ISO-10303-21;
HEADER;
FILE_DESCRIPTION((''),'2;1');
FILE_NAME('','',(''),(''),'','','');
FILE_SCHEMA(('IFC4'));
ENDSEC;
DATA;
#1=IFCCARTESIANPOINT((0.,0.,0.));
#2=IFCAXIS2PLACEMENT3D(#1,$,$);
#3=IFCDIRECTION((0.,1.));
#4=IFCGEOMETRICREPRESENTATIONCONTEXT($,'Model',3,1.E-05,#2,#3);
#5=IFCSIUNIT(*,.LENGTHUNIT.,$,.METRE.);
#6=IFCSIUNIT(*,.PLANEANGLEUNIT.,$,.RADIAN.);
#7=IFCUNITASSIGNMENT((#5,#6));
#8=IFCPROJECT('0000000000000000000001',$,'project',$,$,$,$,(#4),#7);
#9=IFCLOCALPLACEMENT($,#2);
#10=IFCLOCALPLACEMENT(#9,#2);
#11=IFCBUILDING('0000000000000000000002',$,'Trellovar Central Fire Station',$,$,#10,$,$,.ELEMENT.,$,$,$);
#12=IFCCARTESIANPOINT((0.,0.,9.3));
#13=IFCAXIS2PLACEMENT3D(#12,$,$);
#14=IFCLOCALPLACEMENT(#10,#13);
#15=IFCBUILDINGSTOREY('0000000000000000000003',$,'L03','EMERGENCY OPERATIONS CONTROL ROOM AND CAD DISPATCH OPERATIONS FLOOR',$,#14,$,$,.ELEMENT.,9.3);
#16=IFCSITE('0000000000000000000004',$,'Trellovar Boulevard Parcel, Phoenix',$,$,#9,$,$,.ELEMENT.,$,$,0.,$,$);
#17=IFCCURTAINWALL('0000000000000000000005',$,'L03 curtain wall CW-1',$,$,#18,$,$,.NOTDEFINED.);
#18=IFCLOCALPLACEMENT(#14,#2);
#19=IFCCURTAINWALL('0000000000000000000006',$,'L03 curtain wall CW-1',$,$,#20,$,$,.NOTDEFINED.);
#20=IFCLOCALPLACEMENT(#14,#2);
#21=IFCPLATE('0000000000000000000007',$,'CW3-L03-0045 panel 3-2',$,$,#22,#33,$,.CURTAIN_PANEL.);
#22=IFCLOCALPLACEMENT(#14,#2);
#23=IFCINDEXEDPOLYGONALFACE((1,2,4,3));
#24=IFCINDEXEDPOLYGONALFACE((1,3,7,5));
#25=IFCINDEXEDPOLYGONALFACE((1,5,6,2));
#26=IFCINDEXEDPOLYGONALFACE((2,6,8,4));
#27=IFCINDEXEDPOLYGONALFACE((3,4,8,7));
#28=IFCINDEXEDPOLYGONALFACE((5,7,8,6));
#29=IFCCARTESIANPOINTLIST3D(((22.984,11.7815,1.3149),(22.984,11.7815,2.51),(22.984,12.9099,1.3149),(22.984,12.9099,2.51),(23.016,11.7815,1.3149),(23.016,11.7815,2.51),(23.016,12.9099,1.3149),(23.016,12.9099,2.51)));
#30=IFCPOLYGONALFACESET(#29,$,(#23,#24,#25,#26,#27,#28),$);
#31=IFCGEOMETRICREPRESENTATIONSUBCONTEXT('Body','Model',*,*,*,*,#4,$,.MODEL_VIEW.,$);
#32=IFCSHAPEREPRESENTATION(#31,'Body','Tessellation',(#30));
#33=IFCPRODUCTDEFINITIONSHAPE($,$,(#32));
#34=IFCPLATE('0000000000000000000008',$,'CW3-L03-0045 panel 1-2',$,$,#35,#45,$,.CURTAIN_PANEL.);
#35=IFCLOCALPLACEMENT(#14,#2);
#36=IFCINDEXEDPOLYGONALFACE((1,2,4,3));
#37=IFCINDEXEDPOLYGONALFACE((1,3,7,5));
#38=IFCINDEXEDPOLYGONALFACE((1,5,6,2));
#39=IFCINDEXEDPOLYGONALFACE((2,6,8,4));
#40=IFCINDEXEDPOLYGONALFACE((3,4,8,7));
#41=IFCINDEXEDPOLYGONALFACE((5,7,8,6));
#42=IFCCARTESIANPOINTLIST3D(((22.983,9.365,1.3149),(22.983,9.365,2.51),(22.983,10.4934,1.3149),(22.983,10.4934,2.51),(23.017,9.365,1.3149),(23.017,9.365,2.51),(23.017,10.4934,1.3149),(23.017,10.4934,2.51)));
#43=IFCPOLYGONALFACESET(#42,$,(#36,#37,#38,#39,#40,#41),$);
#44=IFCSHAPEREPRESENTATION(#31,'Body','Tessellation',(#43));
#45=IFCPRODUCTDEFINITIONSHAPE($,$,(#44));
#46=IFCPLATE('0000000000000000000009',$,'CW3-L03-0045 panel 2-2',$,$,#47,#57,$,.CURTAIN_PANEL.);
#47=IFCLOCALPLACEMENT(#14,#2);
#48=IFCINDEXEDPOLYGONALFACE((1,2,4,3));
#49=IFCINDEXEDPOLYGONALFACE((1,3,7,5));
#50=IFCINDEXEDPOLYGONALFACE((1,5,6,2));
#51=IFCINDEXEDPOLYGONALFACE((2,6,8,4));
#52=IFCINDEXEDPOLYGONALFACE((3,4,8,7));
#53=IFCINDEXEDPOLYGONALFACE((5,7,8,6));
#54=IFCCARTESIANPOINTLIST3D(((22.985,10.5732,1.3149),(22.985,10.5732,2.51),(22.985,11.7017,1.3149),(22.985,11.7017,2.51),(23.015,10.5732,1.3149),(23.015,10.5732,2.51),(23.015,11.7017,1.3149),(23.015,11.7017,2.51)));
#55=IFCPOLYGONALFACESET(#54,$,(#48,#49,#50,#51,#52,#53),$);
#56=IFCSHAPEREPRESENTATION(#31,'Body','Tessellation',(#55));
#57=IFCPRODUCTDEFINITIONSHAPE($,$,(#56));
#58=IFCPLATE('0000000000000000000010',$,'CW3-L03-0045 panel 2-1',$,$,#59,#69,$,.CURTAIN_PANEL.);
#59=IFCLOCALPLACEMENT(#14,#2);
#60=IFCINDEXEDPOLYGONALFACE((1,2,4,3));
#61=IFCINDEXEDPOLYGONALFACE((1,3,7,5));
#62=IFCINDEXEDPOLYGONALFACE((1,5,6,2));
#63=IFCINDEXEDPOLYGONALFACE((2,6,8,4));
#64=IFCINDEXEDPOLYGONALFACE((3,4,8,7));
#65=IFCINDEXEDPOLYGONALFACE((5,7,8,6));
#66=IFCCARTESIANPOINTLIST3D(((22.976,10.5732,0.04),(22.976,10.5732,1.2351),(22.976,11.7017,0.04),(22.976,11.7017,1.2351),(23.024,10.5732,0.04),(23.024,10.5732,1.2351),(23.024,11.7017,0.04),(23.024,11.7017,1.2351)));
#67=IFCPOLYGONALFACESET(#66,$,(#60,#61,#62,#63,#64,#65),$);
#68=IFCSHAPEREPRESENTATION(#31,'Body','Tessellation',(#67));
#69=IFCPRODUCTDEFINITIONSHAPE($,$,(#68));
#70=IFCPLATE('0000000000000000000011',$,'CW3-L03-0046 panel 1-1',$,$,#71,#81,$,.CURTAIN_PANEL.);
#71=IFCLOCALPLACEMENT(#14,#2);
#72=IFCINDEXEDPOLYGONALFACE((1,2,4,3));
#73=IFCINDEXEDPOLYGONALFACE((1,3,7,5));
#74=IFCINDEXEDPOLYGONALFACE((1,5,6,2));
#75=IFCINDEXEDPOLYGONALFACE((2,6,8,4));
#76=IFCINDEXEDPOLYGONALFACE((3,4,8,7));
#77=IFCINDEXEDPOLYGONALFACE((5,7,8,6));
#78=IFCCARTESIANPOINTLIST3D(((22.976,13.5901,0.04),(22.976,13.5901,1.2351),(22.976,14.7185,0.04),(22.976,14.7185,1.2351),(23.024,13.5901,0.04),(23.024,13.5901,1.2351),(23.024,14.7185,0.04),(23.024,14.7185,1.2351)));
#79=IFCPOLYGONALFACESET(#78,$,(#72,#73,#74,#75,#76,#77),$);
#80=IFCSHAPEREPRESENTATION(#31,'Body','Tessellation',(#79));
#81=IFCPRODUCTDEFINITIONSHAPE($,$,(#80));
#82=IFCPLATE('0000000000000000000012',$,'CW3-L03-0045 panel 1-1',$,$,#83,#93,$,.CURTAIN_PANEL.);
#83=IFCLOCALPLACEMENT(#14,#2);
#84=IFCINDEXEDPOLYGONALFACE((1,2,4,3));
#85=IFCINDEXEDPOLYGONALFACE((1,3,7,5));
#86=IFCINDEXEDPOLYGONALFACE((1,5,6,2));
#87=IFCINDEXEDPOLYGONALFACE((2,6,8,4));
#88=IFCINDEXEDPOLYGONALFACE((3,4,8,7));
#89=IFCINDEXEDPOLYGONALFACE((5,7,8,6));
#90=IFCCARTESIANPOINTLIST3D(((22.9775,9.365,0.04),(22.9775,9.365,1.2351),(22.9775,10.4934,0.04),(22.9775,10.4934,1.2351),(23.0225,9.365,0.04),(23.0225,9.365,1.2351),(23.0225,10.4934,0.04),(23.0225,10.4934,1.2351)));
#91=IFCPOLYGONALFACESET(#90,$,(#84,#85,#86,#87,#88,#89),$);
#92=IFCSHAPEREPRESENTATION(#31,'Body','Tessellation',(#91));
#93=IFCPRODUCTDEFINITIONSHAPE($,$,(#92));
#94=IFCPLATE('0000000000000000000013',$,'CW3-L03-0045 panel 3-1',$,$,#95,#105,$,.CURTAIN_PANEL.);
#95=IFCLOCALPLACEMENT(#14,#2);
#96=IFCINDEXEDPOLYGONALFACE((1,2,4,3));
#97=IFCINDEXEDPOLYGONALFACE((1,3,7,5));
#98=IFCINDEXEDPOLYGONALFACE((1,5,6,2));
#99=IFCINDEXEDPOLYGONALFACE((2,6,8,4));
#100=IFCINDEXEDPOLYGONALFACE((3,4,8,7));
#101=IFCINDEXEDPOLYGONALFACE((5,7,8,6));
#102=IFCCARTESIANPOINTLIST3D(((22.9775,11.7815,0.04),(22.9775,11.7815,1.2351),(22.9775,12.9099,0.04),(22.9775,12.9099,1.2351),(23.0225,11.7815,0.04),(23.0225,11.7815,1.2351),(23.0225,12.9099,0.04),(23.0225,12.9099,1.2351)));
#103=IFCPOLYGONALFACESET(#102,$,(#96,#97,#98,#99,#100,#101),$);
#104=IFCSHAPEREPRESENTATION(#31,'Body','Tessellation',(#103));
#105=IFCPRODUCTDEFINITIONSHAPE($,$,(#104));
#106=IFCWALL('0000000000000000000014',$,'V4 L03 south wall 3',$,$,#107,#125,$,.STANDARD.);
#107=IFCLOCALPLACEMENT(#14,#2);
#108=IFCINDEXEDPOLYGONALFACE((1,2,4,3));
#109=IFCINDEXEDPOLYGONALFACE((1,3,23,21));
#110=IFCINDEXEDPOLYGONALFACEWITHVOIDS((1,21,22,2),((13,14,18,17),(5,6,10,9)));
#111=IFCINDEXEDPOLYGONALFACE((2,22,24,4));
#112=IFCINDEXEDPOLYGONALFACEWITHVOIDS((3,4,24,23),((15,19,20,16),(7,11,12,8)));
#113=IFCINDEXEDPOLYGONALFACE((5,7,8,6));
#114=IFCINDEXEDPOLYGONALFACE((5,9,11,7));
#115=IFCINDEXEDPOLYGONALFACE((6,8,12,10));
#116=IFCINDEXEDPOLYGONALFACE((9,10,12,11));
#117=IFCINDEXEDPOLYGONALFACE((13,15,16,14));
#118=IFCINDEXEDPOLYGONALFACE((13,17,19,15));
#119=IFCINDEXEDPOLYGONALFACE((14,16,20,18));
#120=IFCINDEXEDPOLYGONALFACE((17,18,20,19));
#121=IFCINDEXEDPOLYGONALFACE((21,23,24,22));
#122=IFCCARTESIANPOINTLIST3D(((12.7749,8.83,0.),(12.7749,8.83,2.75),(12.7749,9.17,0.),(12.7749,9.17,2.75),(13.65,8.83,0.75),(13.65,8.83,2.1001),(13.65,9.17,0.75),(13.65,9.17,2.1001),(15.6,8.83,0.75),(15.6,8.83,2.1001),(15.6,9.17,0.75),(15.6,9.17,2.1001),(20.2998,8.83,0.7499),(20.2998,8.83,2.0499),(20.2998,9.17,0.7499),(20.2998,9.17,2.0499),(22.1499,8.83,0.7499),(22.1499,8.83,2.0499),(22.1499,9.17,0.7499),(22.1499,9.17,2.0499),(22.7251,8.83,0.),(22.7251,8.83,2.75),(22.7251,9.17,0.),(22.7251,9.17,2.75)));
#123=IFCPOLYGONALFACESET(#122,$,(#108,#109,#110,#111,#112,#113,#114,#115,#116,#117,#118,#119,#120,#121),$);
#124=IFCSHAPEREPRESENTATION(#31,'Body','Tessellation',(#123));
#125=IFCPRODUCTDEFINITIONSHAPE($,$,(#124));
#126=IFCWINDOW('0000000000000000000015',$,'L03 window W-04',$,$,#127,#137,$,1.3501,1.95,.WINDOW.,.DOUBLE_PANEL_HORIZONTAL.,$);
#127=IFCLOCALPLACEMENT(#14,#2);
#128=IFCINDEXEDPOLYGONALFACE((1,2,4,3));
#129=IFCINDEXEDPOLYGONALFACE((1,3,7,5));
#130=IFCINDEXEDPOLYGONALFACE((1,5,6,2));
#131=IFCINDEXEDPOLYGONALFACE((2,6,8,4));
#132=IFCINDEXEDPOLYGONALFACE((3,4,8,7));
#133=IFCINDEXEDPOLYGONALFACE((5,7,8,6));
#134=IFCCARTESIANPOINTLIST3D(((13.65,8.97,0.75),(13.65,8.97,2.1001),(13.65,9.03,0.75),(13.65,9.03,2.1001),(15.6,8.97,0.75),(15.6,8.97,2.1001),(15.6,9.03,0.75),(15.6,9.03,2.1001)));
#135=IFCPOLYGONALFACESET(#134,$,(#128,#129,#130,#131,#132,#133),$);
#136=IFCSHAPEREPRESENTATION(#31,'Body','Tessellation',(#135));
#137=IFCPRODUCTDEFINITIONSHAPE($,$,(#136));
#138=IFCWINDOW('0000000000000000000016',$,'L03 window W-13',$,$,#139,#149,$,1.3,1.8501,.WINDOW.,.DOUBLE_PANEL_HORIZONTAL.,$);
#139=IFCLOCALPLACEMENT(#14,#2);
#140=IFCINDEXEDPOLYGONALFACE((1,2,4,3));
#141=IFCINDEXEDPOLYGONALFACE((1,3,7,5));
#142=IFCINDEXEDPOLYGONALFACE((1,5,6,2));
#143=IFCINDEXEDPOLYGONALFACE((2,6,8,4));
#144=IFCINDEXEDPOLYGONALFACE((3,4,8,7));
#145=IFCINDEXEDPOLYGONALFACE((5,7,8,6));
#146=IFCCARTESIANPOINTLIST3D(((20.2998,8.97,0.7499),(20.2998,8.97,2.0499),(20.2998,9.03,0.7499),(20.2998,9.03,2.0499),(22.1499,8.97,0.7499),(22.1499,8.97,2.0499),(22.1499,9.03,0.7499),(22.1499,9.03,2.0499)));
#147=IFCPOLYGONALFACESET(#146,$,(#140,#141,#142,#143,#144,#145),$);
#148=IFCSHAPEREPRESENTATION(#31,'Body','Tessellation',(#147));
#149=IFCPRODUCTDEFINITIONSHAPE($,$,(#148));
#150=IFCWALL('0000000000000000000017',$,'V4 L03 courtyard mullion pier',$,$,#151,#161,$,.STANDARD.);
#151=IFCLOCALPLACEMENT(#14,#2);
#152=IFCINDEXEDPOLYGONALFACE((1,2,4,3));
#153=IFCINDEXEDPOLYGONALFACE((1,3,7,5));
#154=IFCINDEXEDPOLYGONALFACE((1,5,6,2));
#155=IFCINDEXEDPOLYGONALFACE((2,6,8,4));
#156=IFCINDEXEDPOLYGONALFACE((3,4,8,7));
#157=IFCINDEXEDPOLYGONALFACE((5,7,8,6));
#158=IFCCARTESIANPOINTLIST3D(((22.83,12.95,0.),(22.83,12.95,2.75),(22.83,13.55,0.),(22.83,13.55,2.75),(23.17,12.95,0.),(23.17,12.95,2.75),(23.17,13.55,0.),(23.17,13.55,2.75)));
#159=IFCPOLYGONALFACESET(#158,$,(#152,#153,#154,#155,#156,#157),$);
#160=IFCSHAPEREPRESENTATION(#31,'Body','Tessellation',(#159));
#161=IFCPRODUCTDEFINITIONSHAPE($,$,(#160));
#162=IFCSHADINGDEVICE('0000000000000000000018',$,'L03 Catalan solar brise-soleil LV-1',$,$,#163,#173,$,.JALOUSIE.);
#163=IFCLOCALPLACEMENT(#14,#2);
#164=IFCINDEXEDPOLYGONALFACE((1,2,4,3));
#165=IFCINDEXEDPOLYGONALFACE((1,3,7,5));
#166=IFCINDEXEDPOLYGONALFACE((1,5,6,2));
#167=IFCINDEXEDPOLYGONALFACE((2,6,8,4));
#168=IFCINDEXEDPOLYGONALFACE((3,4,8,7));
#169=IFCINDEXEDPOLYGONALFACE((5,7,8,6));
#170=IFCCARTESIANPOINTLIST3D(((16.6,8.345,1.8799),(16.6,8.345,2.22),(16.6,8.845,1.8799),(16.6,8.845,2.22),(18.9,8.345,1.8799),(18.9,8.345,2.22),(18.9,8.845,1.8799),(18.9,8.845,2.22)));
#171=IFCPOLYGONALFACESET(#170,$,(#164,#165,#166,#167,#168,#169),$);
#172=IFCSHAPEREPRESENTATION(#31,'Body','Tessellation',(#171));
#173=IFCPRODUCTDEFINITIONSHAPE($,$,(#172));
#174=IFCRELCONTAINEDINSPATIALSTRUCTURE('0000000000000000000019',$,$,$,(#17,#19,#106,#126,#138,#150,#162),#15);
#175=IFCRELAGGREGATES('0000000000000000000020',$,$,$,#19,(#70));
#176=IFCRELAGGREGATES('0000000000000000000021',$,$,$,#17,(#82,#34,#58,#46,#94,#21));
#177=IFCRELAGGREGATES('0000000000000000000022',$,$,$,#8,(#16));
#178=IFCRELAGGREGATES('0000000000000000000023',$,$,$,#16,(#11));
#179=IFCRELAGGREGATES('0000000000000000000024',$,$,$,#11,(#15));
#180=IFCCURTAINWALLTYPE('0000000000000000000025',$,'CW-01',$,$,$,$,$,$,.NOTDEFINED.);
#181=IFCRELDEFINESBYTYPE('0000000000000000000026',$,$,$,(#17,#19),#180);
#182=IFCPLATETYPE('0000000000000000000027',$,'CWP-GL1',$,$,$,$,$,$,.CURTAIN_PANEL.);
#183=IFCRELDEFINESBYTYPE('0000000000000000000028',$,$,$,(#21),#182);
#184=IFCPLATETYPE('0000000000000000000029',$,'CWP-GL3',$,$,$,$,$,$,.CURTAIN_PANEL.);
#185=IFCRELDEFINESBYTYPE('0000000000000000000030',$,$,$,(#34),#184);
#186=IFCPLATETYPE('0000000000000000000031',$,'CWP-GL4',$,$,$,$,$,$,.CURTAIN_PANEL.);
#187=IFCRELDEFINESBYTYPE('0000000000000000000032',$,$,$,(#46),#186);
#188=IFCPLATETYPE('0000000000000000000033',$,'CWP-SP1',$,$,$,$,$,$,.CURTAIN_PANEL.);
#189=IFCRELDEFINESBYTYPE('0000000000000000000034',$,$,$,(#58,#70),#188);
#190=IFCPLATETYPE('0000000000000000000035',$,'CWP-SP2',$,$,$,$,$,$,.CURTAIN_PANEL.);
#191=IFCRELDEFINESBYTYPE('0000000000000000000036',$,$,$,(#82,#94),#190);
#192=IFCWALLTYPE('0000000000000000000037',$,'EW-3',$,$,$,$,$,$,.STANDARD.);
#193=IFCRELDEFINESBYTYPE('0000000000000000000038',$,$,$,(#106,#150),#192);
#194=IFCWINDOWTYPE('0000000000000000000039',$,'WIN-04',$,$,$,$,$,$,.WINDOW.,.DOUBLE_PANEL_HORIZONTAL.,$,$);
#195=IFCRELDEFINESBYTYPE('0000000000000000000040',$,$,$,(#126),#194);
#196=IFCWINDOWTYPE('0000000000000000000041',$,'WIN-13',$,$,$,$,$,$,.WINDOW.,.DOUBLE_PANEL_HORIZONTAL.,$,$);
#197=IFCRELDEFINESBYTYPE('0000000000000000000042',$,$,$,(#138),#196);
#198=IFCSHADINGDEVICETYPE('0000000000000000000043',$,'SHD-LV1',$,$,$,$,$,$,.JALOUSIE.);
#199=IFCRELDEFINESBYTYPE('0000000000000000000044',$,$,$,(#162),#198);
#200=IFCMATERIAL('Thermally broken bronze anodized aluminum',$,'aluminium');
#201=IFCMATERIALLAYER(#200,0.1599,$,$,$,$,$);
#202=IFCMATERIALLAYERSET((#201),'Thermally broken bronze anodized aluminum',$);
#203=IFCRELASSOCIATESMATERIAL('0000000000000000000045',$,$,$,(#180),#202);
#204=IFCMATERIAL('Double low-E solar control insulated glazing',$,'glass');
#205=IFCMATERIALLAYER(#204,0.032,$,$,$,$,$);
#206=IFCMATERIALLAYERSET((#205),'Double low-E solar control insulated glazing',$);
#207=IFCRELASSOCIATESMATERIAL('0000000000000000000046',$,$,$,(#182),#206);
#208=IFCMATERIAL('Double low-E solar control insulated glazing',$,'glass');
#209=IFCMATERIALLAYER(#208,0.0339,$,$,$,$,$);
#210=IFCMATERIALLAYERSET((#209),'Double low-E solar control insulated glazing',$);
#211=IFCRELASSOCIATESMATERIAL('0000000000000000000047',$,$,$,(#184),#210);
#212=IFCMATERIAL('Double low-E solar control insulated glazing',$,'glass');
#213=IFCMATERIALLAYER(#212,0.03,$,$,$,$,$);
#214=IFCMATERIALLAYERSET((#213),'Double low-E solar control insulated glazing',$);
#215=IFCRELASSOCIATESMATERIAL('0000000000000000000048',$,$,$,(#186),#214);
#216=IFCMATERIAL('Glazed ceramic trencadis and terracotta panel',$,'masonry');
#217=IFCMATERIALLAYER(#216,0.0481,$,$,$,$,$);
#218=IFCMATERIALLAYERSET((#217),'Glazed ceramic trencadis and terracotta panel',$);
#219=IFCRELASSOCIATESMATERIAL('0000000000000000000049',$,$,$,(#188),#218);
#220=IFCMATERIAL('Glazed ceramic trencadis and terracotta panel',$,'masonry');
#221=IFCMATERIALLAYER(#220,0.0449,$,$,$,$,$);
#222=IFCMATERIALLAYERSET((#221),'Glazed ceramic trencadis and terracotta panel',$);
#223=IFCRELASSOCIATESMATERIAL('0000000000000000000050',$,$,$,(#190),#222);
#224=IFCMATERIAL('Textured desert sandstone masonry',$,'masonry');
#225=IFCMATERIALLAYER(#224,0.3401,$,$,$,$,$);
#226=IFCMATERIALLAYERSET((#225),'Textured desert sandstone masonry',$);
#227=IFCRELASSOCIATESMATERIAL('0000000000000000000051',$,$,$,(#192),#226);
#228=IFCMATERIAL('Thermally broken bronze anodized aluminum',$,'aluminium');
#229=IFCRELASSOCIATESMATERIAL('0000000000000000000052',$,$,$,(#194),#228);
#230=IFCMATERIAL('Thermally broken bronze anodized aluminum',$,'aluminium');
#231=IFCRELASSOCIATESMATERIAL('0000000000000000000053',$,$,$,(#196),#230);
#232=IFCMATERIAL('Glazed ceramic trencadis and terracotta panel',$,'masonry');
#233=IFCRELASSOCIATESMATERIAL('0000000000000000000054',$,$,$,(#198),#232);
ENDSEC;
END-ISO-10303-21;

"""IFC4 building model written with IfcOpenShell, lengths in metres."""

from ifc_helpers import new_model, si_unit, direction, frame, frame_2d, origin, origin_2d, place, context, subcontext, project, spatial, rectangle, extrude, material, layer, layer_set, type_object, element, fill, aggregate, save


model = new_model("IFC4")

# Units and contexts
model_context = context("Model", 3, precision=1e-05, world=origin(), true_north=direction((0.0, 1.0)))
body_context = subcontext(model_context, "Body", "Model", "MODEL_VIEW")
ifc_project = project(units=[si_unit("LENGTHUNIT", "METRE"), si_unit("PLANEANGLEUNIT", "RADIAN")], contexts=[model_context])

# Site, building, storey
site_placement = place(None, origin())
site = spatial("IfcSite", under=ifc_project, at=site_placement, Name="Trellovar Boulevard Parcel, Phoenix", CompositionType="ELEMENT", RefElevation=0.0)
building_placement = place(site_placement, origin())
building = spatial("IfcBuilding", under=site, at=building_placement, Name="Trellovar Central Fire Station", CompositionType="ELEMENT")
storey_placement = place(building_placement, frame((0.0, 0.0, 9.3)))
storey = spatial("IfcBuildingStorey", under=building, at=storey_placement, Name="L03", Description="EMERGENCY OPERATIONS CONTROL ROOM AND CAD DISPATCH OPERATIONS FLOOR", CompositionType="ELEMENT", Elevation=9.3)

# Curtain wall
ifc_material_1 = material(Name="Thermally broken bronze anodized aluminum", Category="aluminium")
ifc_layer_1 = layer(ifc_material_1, 0.1599)
ifc_layer_set_1 = layer_set([ifc_layer_1], Name="Thermally broken bronze anodized aluminum")
curtain_wall_type = type_object("IfcCurtainWallType", Name="CW-01", PredefinedType="NOTDEFINED", material=ifc_layer_set_1)
curtain_wall_1_placement = place(storey_placement, origin())
curtain_wall_1 = element("IfcCurtainWall", 1, at=curtain_wall_1_placement, inside=storey, type_object=curtain_wall_type, Name="L03 curtain wall CW-1", PredefinedType="NOTDEFINED")

# Curtain wall
curtain_wall_2_placement = place(storey_placement, origin())
curtain_wall_2 = element("IfcCurtainWall", 2, at=curtain_wall_2_placement, inside=storey, type_object=curtain_wall_type, Name="L03 curtain wall CW-1", PredefinedType="NOTDEFINED")

# Plates
ifc_material_2 = material(Name="Double low-E solar control insulated glazing", Category="glass")
ifc_layer_2 = layer(ifc_material_2, 0.032)
ifc_layer_set_2 = layer_set([ifc_layer_2], Name="Double low-E solar control insulated glazing")
plate_type_1 = type_object("IfcPlateType", Name="CWP-GL1", PredefinedType="CURTAIN_PANEL", material=ifc_layer_set_2)
plate_1_placement = place(storey_placement, frame((23.0, 12.3457, 1.3149), z_axis=(0.0, 0.0, 1.0), x_axis=(0.0, 1.0, 0.0)))
plate_1 = element("IfcPlate", 3, at=plate_1_placement, type_object=plate_type_1, Name="CW3-L03-0045 panel 3-2", PredefinedType="CURTAIN_PANEL", context=body_context, shape_type="SweptSolid", body=[
    extrude(rectangle(XDim=1.1284, YDim=0.032, at=origin_2d()), origin(), (0.0, 0.0, 1.0), 1.1951),
])
ifc_material_3 = material(Name="Double low-E solar control insulated glazing", Category="glass")
ifc_layer_3 = layer(ifc_material_3, 0.0339)
ifc_layer_set_3 = layer_set([ifc_layer_3], Name="Double low-E solar control insulated glazing")
plate_type_2 = type_object("IfcPlateType", Name="CWP-GL3", PredefinedType="CURTAIN_PANEL", material=ifc_layer_set_3)
plate_2_placement = place(storey_placement, frame((23.0, 9.9292, 1.3149), z_axis=(0.0, 0.0, 1.0), x_axis=(0.0, 1.0, 0.0)))
plate_2 = element("IfcPlate", 4, at=plate_2_placement, type_object=plate_type_2, Name="CW3-L03-0045 panel 1-2", PredefinedType="CURTAIN_PANEL", context=body_context, shape_type="SweptSolid", body=[
    extrude(rectangle(XDim=1.1284, YDim=0.0339, at=origin_2d()), origin(), (0.0, 0.0, 1.0), 1.1951),
])
ifc_material_4 = material(Name="Double low-E solar control insulated glazing", Category="glass")
ifc_layer_4 = layer(ifc_material_4, 0.03)
ifc_layer_set_4 = layer_set([ifc_layer_4], Name="Double low-E solar control insulated glazing")
plate_type_3 = type_object("IfcPlateType", Name="CWP-GL4", PredefinedType="CURTAIN_PANEL", material=ifc_layer_set_4)
plate_3_placement = place(storey_placement, frame((23.0, 11.1375, 1.3149), z_axis=(0.0, 0.0, 1.0), x_axis=(0.0, 1.0, 0.0)))
plate_3 = element("IfcPlate", 5, at=plate_3_placement, type_object=plate_type_3, Name="CW3-L03-0045 panel 2-2", PredefinedType="CURTAIN_PANEL", context=body_context, shape_type="SweptSolid", body=[
    extrude(rectangle(XDim=1.1284, YDim=0.03, at=origin_2d()), origin(), (0.0, 0.0, 1.0), 1.1951),
])
ifc_material_5 = material(Name="Glazed ceramic trencadis and terracotta panel", Category="masonry")
ifc_layer_5 = layer(ifc_material_5, 0.0481)
ifc_layer_set_5 = layer_set([ifc_layer_5], Name="Glazed ceramic trencadis and terracotta panel")
plate_type_4 = type_object("IfcPlateType", Name="CWP-SP1", PredefinedType="CURTAIN_PANEL", material=ifc_layer_set_5)
plate_4_placement = place(storey_placement, frame((23.0, 11.1375, 0.04), z_axis=(0.0, 0.0, 1.0), x_axis=(0.0, 1.0, 0.0)))
plate_4 = element("IfcPlate", 6, at=plate_4_placement, type_object=plate_type_4, Name="CW3-L03-0045 panel 2-1", PredefinedType="CURTAIN_PANEL", context=body_context, shape_type="SweptSolid", body=[
    extrude(rectangle(XDim=1.1284, YDim=0.0481, at=origin_2d()), origin(), (0.0, 0.0, 1.0), 1.1951),
])
plate_5_placement = place(storey_placement, frame((23.0, 14.1543, 0.04), z_axis=(0.0, 0.0, 1.0), x_axis=(0.0, 1.0, 0.0)))
plate_5 = element("IfcPlate", 7, at=plate_5_placement, type_object=plate_type_4, Name="CW3-L03-0046 panel 1-1", PredefinedType="CURTAIN_PANEL", context=body_context, shape_type="SweptSolid", body=[
    extrude(rectangle(XDim=1.1284, YDim=0.0481, at=origin_2d()), origin(), (0.0, 0.0, 1.0), 1.1951),
])
aggregate(curtain_wall_2, [plate_5])
ifc_material_6 = material(Name="Glazed ceramic trencadis and terracotta panel", Category="masonry")
ifc_layer_6 = layer(ifc_material_6, 0.0449)
ifc_layer_set_6 = layer_set([ifc_layer_6], Name="Glazed ceramic trencadis and terracotta panel")
plate_type_5 = type_object("IfcPlateType", Name="CWP-SP2", PredefinedType="CURTAIN_PANEL", material=ifc_layer_set_6)
plate_6_placement = place(storey_placement, frame((23.0, 9.9292, 0.04), z_axis=(0.0, 0.0, 1.0), x_axis=(0.0, 1.0, 0.0)))
plate_6 = element("IfcPlate", 8, at=plate_6_placement, type_object=plate_type_5, Name="CW3-L03-0045 panel 1-1", PredefinedType="CURTAIN_PANEL", context=body_context, shape_type="SweptSolid", body=[
    extrude(rectangle(XDim=1.1284, YDim=0.0449, at=origin_2d()), origin(), (0.0, 0.0, 1.0), 1.1951),
])
plate_7_placement = place(storey_placement, frame((23.0, 12.3457, 0.04), z_axis=(0.0, 0.0, 1.0), x_axis=(0.0, 1.0, 0.0)))
plate_7 = element("IfcPlate", 9, at=plate_7_placement, type_object=plate_type_5, Name="CW3-L03-0045 panel 3-1", PredefinedType="CURTAIN_PANEL", context=body_context, shape_type="SweptSolid", body=[
    extrude(rectangle(XDim=1.1284, YDim=0.0449, at=origin_2d()), origin(), (0.0, 0.0, 1.0), 1.1951),
])
aggregate(curtain_wall_1, [plate_6, plate_2, plate_4, plate_3, plate_7, plate_1])

# Wall, openings, windows
ifc_material_7 = material(Name="Textured desert sandstone masonry", Category="masonry")
ifc_layer_7 = layer(ifc_material_7, 0.3401)
ifc_layer_set_7 = layer_set([ifc_layer_7], Name="Textured desert sandstone masonry")
wall_type = type_object("IfcWallType", Name="EW-3", PredefinedType="STANDARD", material=ifc_layer_set_7)
wall_1_placement = place(storey_placement, frame((12.7749, 9.0, 0.0), z_axis=(0.0, 0.0, 1.0), x_axis=(1.0, 0.0, 0.0)))
wall_1 = element("IfcWall", 10, at=wall_1_placement, inside=storey, type_object=wall_type, Name="V4 L03 south wall 3", PredefinedType="STANDARD", context=body_context, shape_type="SweptSolid", body=[
    extrude(rectangle(XDim=9.9502, YDim=0.3401, at=frame_2d((4.9751, 0.0))), origin(), (0.0, 0.0, 1.0), 2.75),
])
opening_1_placement = place(wall_1_placement, frame((0.875, 0.0, 0.75)))
opening_1 = element("IfcOpeningElement", 11, at=opening_1_placement, cuts=wall_1, PredefinedType="OPENING", context=body_context, shape_type="SweptSolid", body=[
    extrude(rectangle(XDim=1.95, YDim=1.3501, at=frame_2d((0.9751, 0.675))), frame((0.0, 0.1799, 0.0), z_axis=(0.0, -1.0, 0.0), x_axis=(1.0, 0.0, 0.0)), (0.0, 0.0, 1.0), 0.3601),
])
opening_2_placement = place(wall_1_placement, frame((7.5249, 0.0, 0.75)))
opening_2 = element("IfcOpeningElement", 12, at=opening_2_placement, cuts=wall_1, PredefinedType="OPENING", context=body_context, shape_type="SweptSolid", body=[
    extrude(rectangle(XDim=1.8501, YDim=1.3, at=frame_2d((0.925, 0.6499))), frame((0.0, 0.1799, 0.0), z_axis=(0.0, -1.0, 0.0), x_axis=(1.0, 0.0, 0.0)), (0.0, 0.0, 1.0), 0.3601),
])
ifc_material_8 = material(Name="Thermally broken bronze anodized aluminum", Category="aluminium")
window_type_1 = type_object("IfcWindowType", Name="WIN-04", PartitioningType="DOUBLE_PANEL_HORIZONTAL", PredefinedType="WINDOW", material=ifc_material_8)
window_1_placement = place(opening_1_placement, origin())
window_1 = element("IfcWindow", 13, at=window_1_placement, inside=storey, type_object=window_type_1, Name="L03 window W-04", OverallHeight=1.3501, OverallWidth=1.95, PartitioningType="DOUBLE_PANEL_HORIZONTAL", PredefinedType="WINDOW", context=body_context, shape_type="SweptSolid", body=[
    extrude(rectangle(XDim=1.95, YDim=1.3501, at=frame_2d((0.9751, 0.675))), frame((0.0, 0.03, 0.0), z_axis=(0.0, -1.0, 0.0), x_axis=(1.0, 0.0, 0.0)), (0.0, 0.0, 1.0), 0.0601),
])
fill(opening_1, window_1)
ifc_material_9 = material(Name="Thermally broken bronze anodized aluminum", Category="aluminium")
window_type_2 = type_object("IfcWindowType", Name="WIN-13", PartitioningType="DOUBLE_PANEL_HORIZONTAL", PredefinedType="WINDOW", material=ifc_material_9)
window_2_placement = place(opening_2_placement, origin())
window_2 = element("IfcWindow", 14, at=window_2_placement, inside=storey, type_object=window_type_2, Name="L03 window W-13", OverallHeight=1.3, OverallWidth=1.8501, PartitioningType="DOUBLE_PANEL_HORIZONTAL", PredefinedType="WINDOW", context=body_context, shape_type="SweptSolid", body=[
    extrude(rectangle(XDim=1.8501, YDim=1.3, at=frame_2d((0.925, 0.6499))), frame((0.0, 0.03, 0.0), z_axis=(0.0, -1.0, 0.0), x_axis=(1.0, 0.0, 0.0)), (0.0, 0.0, 1.0), 0.0601),
])
fill(opening_2, window_2)

# Wall
wall_2_placement = place(storey_placement, frame((23.0, 12.95, 0.0), z_axis=(0.0, 0.0, 1.0), x_axis=(0.0, 1.0, 0.0)))
element("IfcWall", 15, at=wall_2_placement, inside=storey, type_object=wall_type, Name="V4 L03 courtyard mullion pier", PredefinedType="STANDARD", context=body_context, shape_type="SweptSolid", body=[
    extrude(rectangle(XDim=0.6001, YDim=0.3401, at=frame_2d((0.3, 0.0))), origin(), (0.0, 0.0, 1.0), 2.75),
])

# Shading device
ifc_material_10 = material(Name="Glazed ceramic trencadis and terracotta panel", Category="masonry")
shading_device_type = type_object("IfcShadingDeviceType", Name="SHD-LV1", PredefinedType="JALOUSIE", material=ifc_material_10)
shading_device_placement = place(storey_placement, frame((17.75, 8.595, 1.8799), z_axis=(0.0, 0.0, 1.0), x_axis=(1.0, 0.0, 0.0)))
element("IfcShadingDevice", 16, at=shading_device_placement, inside=storey, type_object=shading_device_type, Name="L03 Catalan solar brise-soleil LV-1", PredefinedType="JALOUSIE", context=body_context, shape_type="SweptSolid", body=[
    extrude(rectangle(XDim=2.3, YDim=0.5, at=origin_2d()), origin(), (0.0, 0.0, 1.0), 0.3401),
])

save(model, "model.ifc")
